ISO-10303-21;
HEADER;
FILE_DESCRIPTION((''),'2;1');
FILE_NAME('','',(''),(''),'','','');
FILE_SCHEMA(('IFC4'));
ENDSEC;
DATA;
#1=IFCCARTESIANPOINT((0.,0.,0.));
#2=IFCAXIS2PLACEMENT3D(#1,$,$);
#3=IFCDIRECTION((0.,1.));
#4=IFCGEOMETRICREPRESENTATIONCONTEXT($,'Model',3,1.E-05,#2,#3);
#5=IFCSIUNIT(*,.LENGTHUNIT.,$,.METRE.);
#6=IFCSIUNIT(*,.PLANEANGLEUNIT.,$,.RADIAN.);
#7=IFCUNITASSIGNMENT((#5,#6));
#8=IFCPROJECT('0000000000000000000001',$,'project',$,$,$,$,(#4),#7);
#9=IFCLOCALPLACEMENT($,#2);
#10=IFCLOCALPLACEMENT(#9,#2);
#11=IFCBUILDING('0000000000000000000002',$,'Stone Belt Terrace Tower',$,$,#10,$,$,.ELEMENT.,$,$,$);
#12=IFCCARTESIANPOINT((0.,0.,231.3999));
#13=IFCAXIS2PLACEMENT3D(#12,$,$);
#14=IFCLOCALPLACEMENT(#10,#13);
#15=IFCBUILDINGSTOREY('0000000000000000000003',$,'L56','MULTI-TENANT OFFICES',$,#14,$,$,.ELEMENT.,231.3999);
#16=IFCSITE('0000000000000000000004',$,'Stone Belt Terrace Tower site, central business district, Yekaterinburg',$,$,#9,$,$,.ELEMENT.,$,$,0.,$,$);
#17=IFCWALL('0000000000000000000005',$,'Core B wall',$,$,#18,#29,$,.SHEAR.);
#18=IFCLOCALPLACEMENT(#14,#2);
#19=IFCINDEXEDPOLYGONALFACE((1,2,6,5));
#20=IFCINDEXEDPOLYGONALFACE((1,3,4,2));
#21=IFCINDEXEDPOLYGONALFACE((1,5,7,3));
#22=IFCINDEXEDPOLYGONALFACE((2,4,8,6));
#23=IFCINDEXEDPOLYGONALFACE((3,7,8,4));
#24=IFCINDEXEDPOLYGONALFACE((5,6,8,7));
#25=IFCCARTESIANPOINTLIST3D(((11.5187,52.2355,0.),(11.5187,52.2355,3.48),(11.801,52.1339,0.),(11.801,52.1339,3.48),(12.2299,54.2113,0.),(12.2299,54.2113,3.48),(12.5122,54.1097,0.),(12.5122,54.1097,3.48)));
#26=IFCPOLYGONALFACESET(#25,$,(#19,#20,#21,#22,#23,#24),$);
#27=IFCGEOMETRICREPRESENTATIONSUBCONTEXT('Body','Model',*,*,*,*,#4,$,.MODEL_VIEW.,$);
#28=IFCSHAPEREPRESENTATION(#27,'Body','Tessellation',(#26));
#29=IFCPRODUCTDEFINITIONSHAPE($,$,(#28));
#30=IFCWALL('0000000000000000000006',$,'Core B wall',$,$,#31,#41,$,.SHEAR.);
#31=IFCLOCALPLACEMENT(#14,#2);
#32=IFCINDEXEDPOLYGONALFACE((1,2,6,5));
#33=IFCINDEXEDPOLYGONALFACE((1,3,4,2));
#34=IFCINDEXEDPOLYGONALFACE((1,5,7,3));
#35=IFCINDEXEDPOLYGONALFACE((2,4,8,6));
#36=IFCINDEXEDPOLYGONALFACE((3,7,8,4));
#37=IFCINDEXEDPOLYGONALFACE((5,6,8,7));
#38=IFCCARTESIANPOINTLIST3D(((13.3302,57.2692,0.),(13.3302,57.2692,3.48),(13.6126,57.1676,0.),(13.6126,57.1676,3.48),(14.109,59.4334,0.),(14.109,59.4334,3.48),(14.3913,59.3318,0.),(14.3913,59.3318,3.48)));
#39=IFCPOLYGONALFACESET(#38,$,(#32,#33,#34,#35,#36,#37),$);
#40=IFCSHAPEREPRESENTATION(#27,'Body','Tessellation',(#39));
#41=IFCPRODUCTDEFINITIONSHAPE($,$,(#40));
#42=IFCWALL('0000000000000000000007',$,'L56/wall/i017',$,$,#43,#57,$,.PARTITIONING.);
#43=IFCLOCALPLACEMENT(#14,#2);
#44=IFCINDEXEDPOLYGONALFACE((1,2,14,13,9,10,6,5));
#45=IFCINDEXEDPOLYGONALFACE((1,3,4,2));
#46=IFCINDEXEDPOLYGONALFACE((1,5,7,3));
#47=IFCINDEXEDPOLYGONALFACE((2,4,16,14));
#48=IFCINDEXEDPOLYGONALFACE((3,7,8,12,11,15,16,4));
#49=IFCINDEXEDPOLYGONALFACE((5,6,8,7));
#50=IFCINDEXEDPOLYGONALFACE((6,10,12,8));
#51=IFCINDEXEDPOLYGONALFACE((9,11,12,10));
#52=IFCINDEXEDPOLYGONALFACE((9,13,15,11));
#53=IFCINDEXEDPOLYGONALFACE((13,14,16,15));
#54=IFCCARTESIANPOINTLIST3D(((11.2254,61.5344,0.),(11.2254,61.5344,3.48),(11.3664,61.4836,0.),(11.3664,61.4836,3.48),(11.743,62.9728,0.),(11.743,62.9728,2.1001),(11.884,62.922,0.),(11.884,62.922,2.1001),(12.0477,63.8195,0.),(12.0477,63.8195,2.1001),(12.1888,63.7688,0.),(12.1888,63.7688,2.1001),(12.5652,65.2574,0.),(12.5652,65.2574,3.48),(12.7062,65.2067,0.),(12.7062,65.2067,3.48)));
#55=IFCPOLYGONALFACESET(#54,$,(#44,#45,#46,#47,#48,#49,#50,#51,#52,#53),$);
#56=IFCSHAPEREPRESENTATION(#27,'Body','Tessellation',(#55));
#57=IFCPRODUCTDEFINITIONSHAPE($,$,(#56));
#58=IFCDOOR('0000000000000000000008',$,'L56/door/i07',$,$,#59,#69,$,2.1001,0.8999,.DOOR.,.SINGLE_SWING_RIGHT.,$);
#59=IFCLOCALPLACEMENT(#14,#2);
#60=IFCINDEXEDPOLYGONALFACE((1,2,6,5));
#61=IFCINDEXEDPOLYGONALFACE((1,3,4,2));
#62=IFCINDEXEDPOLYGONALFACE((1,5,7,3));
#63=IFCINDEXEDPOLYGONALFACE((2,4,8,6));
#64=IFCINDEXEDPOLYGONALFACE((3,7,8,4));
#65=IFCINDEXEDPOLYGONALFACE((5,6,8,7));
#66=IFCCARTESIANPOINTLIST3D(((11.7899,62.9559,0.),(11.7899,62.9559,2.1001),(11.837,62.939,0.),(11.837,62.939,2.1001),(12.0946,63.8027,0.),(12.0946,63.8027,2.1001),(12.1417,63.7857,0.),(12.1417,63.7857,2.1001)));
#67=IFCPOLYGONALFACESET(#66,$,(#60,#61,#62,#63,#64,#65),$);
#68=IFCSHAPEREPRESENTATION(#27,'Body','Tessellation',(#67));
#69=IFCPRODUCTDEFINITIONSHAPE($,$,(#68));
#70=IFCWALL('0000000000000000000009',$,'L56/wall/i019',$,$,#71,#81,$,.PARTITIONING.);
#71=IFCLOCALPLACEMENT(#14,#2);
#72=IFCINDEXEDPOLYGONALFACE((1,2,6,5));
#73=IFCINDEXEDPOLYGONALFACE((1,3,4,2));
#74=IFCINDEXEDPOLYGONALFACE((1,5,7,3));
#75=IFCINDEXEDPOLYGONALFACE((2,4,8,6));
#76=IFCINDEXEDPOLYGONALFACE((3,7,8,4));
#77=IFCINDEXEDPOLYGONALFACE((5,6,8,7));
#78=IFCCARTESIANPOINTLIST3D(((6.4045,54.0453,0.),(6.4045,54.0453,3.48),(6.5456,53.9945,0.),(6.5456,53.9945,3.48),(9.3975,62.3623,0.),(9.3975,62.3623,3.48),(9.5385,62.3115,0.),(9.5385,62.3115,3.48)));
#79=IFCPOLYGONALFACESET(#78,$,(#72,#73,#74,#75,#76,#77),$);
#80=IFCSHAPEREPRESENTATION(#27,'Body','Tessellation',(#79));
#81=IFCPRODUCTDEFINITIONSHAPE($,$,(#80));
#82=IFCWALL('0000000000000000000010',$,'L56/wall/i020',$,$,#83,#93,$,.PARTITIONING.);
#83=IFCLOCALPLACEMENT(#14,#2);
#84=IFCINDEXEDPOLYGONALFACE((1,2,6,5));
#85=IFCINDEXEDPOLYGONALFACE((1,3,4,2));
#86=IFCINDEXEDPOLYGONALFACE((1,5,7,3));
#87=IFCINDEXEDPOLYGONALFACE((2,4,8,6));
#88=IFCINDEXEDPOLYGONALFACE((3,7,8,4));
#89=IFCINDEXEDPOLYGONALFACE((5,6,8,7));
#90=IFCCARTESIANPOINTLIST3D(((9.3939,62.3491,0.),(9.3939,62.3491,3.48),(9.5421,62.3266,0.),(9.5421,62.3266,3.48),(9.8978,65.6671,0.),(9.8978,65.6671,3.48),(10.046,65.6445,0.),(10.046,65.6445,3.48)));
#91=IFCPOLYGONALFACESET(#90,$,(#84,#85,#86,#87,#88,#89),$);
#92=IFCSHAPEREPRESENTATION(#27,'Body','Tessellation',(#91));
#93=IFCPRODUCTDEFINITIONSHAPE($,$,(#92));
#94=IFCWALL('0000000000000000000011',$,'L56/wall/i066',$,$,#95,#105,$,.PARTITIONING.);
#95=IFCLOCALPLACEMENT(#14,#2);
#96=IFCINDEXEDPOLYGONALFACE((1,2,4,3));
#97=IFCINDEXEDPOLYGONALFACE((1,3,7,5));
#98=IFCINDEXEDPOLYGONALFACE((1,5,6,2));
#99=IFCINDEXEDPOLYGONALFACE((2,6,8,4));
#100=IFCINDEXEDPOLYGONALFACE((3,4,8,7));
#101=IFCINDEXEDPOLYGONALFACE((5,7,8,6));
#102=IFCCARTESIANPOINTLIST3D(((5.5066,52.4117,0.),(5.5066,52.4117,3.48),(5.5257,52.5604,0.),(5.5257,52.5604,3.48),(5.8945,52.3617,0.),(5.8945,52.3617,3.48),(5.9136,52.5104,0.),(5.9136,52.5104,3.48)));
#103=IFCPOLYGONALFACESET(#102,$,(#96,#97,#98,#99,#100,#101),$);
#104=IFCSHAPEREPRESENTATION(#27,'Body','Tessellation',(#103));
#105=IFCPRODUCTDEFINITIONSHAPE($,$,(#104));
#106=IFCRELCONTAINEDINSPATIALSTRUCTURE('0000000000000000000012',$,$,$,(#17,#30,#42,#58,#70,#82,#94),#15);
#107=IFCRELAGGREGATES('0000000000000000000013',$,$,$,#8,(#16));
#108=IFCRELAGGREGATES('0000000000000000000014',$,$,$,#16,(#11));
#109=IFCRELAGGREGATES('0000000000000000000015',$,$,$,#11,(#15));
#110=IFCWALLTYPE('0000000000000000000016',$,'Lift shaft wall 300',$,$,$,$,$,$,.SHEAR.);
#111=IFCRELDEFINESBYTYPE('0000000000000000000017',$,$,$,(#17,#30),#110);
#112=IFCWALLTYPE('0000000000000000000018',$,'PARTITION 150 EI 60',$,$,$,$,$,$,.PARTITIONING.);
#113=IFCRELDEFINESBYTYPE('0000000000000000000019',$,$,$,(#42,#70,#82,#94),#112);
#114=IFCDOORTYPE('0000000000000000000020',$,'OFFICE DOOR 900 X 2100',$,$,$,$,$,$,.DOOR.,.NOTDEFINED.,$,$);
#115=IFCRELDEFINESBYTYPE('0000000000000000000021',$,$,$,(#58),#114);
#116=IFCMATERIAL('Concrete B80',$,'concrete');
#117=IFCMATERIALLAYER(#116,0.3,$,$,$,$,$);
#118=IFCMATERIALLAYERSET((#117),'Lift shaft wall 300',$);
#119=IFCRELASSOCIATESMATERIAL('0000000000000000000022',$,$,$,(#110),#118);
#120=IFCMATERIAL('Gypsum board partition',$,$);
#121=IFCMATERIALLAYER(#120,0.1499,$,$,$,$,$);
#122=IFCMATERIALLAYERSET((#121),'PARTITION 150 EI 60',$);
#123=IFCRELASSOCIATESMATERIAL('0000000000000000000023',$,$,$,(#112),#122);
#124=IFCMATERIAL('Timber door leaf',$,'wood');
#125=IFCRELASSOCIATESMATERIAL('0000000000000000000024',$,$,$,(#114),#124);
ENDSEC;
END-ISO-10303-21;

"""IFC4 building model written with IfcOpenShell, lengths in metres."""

from ifc_helpers import new_model, si_unit, direction, frame, frame_2d, origin, place, context, subcontext, project, spatial, rectangle, extrude, material, layer, layer_set, type_object, element, fill, save


model = new_model("IFC4")

# Units and contexts
model_context = context("Model", 3, precision=1e-05, world=origin(), true_north=direction((0.0, 1.0)))
body_context = subcontext(model_context, "Body", "Model", "MODEL_VIEW")
ifc_project = project(units=[si_unit("LENGTHUNIT", "METRE"), si_unit("PLANEANGLEUNIT", "RADIAN")], contexts=[model_context])

# Site, building, storey
site_placement = place(None, origin())
site = spatial("IfcSite", under=ifc_project, at=site_placement, Name="Stone Belt Terrace Tower site, central business district, Yekaterinburg", CompositionType="ELEMENT", RefElevation=0.0)
building_placement = place(site_placement, origin())
building = spatial("IfcBuilding", under=site, at=building_placement, Name="Stone Belt Terrace Tower", CompositionType="ELEMENT")
storey_placement = place(building_placement, frame((0.0, 0.0, 231.3999)))
storey = spatial("IfcBuildingStorey", under=building, at=storey_placement, Name="L56", Description="MULTI-TENANT OFFICES", CompositionType="ELEMENT", Elevation=231.3999)

# Shared definitions
ifc_material_1 = material(Name="Timber door leaf", Category="wood")

# Walls
ifc_material_2 = material(Name="Concrete B80", Category="concrete")
ifc_layer_1 = layer(ifc_material_2, 0.3)
ifc_layer_set_1 = layer_set([ifc_layer_1], Name="Lift shaft wall 300")
wall_type_1 = type_object("IfcWallType", Name="Lift shaft wall 300", PredefinedType="SHEAR", material=ifc_layer_set_1)
wall_1_placement = place(storey_placement, frame((11.6599, 52.1848, 0.0), z_axis=(0.0, 0.0, 1.0), x_axis=(0.33867, 0.940905, 0.0)))
element("IfcWall", 1, at=wall_1_placement, inside=storey, type_object=wall_type_1, Name="Core B wall", PredefinedType="SHEAR", context=body_context, shape_type="SweptSolid", body=[
    extrude(rectangle(XDim=2.0999, YDim=0.3, at=frame_2d((1.0498, 0.0))), origin(), (0.0, 0.0, 1.0), 3.48),
])
wall_2_placement = place(storey_placement, frame((13.4714, 57.2185, 0.0), z_axis=(0.0, 0.0, 1.0), x_axis=(0.338588, 0.940935, 0.0)))
element("IfcWall", 2, at=wall_2_placement, inside=storey, type_object=wall_type_1, Name="Core B wall", PredefinedType="SHEAR", context=body_context, shape_type="SweptSolid", body=[
    extrude(rectangle(XDim=2.3, YDim=0.3, at=frame_2d((1.1499, 0.0))), origin(), (0.0, 0.0, 1.0), 3.48),
])

# Wall, opening, door
ifc_material_3 = material(Name="Gypsum board partition")
ifc_layer_2 = layer(ifc_material_3, 0.1499)
ifc_layer_set_2 = layer_set([ifc_layer_2], Name="PARTITION 150 EI 60")
wall_type_2 = type_object("IfcWallType", Name="PARTITION 150 EI 60", PredefinedType="PARTITIONING", material=ifc_layer_set_2)
wall_3_placement = place(storey_placement, frame((12.6357, 65.2322, 0.0), z_axis=(0.0, 0.0, 1.0), x_axis=(-0.33861, -0.940927, 0.0)))
wall_3 = element("IfcWall", 3, at=wall_3_placement, inside=storey, type_object=wall_type_2, Name="L56/wall/i017", PredefinedType="PARTITIONING", context=body_context, shape_type="SweptSolid", body=[
    extrude(rectangle(XDim=3.9568, YDim=0.1499, at=frame_2d((1.9785, 0.0))), origin(), (0.0, 0.0, 1.0), 3.48),
])
opening_1_placement = place(wall_3_placement, frame((1.5283, 0.0, 0.0)))
opening_1 = element("IfcOpeningElement", 4, at=opening_1_placement, cuts=wall_3, PredefinedType="OPENING", context=body_context, shape_type="SweptSolid", body=[
    extrude(rectangle(XDim=0.8999, YDim=2.1001, at=frame_2d((0.45, 1.05))), frame((0.0, 0.085, 0.0), z_axis=(0.0, -1.0, 0.0), x_axis=(1.0, 0.0, 0.0)), (0.0, 0.0, 1.0), 0.1699),
])
door_type_1 = type_object("IfcDoorType", Name="OFFICE DOOR 900 X 2100", OperationType="NOTDEFINED", PredefinedType="DOOR", material=ifc_material_1)
door_1_placement = place(opening_1_placement, origin())
door_1 = element("IfcDoor", 5, at=door_1_placement, inside=storey, type_object=door_type_1, Name="L56/door/i07", OperationType="SINGLE_SWING_RIGHT", OverallHeight=2.1001, OverallWidth=0.8999, PredefinedType="DOOR", context=body_context, shape_type="SweptSolid", body=[
    extrude(rectangle(XDim=0.8999, YDim=2.1001, at=frame_2d((0.45, 1.05))), frame((0.0, 0.0249, 0.0), z_axis=(0.0, -1.0, 0.0), x_axis=(1.0, 0.0, 0.0)), (0.0, 0.0, 1.0), 0.05),
])
fill(opening_1, door_1)

# Walls
wall_4_placement = place(storey_placement, frame((6.4751, 54.02, 0.0), z_axis=(0.0, 0.0, 1.0), x_axis=(0.338603, 0.940929, 0.0)))
element("IfcWall", 6, at=wall_4_placement, inside=storey, type_object=wall_type_2, Name="L56/wall/i019", PredefinedType="PARTITIONING", context=body_context, shape_type="SweptSolid", body=[
    extrude(rectangle(XDim=8.8391, YDim=0.1499, at=frame_2d((4.4194, 0.0))), origin(), (0.0, 0.0, 1.0), 3.48),
])
wall_5_placement = place(storey_placement, frame((9.468, 62.3379, 0.0), z_axis=(0.0, 0.0, 1.0), x_axis=(0.150154, 0.988663, 0.0)))
element("IfcWall", 7, at=wall_5_placement, inside=storey, type_object=wall_type_2, Name="L56/wall/i020", PredefinedType="PARTITIONING", context=body_context, shape_type="SweptSolid", body=[
    extrude(rectangle(XDim=3.356, YDim=0.1499, at=frame_2d((1.678, 0.0))), origin(), (0.0, 0.0, 1.0), 3.48),
])
wall_6_placement = place(storey_placement, frame((5.9041, 52.436, 0.0), z_axis=(0.0, 0.0, 1.0), x_axis=(-0.99178, 0.127952, 0.0)))
element("IfcWall", 8, at=wall_6_placement, inside=storey, type_object=wall_type_2, Name="L56/wall/i066", PredefinedType="PARTITIONING", context=body_context, shape_type="SweptSolid", body=[
    extrude(rectangle(XDim=0.3911, YDim=0.1499, at=frame_2d((0.1956, 0.0))), origin(), (0.0, 0.0, 1.0), 3.48),
])

save(model, "model.ifc")
